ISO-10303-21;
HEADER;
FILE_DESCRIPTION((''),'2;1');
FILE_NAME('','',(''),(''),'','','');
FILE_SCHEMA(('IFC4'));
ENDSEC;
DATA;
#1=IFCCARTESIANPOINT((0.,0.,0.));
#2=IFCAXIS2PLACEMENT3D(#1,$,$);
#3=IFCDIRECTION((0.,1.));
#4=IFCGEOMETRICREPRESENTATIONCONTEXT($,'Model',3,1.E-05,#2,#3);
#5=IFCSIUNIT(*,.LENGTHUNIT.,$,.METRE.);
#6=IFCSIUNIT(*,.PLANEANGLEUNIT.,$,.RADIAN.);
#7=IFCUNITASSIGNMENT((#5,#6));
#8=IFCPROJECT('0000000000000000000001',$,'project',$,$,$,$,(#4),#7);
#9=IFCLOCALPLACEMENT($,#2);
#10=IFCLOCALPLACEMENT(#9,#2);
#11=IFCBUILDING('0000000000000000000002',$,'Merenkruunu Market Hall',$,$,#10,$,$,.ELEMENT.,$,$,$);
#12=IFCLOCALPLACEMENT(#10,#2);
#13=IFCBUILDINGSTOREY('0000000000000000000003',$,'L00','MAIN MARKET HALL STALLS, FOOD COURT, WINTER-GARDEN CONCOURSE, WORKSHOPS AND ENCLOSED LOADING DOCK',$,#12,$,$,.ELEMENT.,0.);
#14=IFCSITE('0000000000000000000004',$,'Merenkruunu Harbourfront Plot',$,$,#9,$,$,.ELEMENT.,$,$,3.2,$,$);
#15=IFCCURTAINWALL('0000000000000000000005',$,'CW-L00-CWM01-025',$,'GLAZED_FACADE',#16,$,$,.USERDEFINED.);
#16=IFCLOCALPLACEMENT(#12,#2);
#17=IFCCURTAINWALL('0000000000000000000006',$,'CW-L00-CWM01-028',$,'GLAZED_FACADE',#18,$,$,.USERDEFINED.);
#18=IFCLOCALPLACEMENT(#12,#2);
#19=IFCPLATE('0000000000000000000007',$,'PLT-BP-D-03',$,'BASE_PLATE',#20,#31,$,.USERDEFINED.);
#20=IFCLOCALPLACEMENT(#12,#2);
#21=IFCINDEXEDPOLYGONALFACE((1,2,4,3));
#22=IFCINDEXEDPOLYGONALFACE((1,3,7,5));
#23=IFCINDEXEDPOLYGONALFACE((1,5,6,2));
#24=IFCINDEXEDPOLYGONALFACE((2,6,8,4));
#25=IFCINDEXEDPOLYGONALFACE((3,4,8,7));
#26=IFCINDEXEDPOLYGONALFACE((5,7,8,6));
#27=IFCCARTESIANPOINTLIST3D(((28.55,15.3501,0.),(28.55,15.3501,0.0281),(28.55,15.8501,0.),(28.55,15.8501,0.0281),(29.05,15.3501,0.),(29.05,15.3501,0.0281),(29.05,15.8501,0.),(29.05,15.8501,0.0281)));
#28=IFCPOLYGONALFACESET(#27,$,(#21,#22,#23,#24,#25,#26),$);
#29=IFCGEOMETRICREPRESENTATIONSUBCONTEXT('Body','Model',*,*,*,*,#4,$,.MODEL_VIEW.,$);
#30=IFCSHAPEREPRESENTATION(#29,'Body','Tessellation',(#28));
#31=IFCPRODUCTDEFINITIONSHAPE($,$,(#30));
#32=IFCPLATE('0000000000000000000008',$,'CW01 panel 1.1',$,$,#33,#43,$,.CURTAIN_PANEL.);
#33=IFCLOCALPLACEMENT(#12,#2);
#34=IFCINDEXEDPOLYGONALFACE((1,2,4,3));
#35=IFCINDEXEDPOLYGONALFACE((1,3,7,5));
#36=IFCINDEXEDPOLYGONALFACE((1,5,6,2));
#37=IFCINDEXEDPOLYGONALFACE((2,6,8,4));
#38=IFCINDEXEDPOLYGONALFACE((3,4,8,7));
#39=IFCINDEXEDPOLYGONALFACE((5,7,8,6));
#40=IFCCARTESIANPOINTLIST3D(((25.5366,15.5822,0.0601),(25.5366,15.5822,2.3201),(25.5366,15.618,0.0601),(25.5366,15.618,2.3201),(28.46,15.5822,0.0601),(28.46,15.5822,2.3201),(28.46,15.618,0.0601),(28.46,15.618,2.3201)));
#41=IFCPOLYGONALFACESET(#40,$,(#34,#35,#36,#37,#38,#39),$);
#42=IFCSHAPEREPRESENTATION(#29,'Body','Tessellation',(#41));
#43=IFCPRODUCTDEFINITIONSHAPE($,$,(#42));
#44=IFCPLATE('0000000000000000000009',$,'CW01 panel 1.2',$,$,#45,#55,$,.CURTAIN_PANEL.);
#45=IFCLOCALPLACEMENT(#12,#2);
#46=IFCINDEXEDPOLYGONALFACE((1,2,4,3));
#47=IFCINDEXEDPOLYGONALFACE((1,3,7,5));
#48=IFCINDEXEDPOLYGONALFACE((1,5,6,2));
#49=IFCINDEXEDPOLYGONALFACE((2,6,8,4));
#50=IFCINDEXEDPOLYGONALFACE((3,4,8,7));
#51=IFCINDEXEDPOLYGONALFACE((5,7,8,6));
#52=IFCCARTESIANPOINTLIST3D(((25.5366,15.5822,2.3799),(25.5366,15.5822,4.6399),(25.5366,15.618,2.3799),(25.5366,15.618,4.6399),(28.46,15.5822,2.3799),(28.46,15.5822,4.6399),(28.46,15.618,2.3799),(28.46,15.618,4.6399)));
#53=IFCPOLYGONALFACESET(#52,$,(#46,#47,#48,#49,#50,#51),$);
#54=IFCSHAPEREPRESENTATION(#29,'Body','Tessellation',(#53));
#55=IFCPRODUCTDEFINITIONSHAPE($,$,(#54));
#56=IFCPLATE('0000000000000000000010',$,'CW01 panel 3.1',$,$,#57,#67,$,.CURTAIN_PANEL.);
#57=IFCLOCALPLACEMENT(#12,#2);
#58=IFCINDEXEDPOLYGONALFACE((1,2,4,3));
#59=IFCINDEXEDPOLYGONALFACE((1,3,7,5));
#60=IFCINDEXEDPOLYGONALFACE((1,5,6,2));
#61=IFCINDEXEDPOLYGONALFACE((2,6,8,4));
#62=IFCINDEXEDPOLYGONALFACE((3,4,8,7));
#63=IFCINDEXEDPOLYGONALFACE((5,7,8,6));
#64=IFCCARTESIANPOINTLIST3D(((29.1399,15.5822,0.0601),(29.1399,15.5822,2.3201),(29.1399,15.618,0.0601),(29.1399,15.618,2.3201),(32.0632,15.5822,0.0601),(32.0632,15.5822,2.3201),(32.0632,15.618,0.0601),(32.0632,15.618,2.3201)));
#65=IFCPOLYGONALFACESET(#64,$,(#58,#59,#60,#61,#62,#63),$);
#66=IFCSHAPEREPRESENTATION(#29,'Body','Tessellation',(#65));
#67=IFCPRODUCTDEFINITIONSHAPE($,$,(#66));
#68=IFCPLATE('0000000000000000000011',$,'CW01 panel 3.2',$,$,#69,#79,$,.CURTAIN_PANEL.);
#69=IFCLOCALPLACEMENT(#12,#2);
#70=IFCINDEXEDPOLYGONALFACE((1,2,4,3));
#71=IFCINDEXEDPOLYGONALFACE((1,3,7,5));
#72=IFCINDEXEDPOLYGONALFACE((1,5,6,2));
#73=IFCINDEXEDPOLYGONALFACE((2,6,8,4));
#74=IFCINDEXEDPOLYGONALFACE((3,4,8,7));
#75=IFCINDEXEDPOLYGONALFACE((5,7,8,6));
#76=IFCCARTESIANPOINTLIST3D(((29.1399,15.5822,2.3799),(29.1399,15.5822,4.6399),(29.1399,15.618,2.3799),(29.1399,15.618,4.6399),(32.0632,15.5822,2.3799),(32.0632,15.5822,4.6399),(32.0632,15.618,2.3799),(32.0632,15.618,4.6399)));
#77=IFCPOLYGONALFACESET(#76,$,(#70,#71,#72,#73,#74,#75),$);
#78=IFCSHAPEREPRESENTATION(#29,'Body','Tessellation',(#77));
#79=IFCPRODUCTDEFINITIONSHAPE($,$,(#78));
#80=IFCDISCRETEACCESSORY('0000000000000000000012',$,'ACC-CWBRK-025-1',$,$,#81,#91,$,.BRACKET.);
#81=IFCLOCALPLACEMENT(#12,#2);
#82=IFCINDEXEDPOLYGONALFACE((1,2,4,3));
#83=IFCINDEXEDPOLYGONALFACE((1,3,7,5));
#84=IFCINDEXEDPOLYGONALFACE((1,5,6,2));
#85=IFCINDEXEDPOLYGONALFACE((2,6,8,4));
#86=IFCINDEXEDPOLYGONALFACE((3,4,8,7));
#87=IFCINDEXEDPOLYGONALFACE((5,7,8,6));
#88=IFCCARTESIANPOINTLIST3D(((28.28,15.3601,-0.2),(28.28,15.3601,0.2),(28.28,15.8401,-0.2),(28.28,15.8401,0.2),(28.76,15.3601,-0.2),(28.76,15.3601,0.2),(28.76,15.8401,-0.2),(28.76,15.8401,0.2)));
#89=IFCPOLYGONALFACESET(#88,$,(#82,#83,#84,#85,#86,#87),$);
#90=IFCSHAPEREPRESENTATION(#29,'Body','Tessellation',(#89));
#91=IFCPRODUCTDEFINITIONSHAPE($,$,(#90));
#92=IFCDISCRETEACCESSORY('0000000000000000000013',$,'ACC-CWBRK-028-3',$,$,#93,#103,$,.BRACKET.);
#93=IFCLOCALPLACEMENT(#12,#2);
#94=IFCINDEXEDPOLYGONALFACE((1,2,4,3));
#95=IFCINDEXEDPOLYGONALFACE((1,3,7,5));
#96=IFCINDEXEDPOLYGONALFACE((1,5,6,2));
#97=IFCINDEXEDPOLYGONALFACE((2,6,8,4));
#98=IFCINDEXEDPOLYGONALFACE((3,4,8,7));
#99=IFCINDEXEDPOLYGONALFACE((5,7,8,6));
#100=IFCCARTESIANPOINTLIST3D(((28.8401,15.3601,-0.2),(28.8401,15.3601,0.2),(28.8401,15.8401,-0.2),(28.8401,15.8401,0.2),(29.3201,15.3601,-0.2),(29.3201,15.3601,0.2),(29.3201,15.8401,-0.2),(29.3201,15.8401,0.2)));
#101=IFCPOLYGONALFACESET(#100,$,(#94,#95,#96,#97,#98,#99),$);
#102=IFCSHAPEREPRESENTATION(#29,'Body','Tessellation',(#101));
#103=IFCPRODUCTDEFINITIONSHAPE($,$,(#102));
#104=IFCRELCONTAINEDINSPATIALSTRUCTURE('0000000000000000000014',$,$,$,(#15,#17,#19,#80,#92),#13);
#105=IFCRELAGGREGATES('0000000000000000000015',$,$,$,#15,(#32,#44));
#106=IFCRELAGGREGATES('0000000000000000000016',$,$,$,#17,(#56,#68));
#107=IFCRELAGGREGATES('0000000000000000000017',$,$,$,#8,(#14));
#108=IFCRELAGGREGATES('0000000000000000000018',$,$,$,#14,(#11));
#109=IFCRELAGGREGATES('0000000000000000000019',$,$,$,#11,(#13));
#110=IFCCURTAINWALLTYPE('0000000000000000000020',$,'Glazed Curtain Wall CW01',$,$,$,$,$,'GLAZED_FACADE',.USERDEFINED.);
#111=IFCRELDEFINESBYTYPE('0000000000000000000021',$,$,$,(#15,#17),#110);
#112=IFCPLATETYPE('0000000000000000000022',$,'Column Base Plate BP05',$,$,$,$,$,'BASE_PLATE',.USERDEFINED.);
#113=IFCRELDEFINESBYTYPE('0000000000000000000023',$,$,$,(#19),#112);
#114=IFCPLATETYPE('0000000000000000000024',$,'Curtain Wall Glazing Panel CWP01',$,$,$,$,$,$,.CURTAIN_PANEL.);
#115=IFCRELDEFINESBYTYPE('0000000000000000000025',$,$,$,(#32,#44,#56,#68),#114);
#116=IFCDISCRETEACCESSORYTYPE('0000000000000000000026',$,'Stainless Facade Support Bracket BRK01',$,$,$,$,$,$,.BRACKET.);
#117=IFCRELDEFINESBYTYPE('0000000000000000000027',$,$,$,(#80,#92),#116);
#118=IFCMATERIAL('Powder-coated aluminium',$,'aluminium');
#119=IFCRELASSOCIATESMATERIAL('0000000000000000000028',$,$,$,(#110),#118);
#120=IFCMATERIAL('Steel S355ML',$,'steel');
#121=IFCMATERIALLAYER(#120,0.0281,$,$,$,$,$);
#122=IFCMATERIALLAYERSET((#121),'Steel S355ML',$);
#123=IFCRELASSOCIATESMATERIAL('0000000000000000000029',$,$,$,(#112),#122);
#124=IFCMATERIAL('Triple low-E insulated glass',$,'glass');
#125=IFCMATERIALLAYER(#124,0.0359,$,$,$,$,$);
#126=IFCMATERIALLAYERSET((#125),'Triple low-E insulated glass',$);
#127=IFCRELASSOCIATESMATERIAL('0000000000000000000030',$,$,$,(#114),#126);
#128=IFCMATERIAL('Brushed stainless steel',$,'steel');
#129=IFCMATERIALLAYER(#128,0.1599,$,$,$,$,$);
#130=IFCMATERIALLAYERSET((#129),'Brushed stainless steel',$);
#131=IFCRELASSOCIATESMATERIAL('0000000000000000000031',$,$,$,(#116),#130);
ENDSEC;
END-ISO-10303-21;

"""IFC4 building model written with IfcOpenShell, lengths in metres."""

from ifc_helpers import new_model, si_unit, direction, frame, origin, origin_2d, place, context, subcontext, project, spatial, rectangle, extrude, material, layer, layer_set, type_object, element, aggregate, save


model = new_model("IFC4")

# Units and contexts
model_context = context("Model", 3, precision=1e-05, world=origin(), true_north=direction((0.0, 1.0)))
body_context = subcontext(model_context, "Body", "Model", "MODEL_VIEW")
ifc_project = project(units=[si_unit("LENGTHUNIT", "METRE"), si_unit("PLANEANGLEUNIT", "RADIAN")], contexts=[model_context])

# Site, building, storey
site_placement = place(None, origin())
site = spatial("IfcSite", under=ifc_project, at=site_placement, Name="Merenkruunu Harbourfront Plot", CompositionType="ELEMENT", RefElevation=3.2)
building_placement = place(site_placement, origin())
building = spatial("IfcBuilding", under=site, at=building_placement, Name="Merenkruunu Market Hall", CompositionType="ELEMENT")
storey_placement = place(building_placement, origin())
storey = spatial("IfcBuildingStorey", under=building, at=storey_placement, Name="L00", Description="MAIN MARKET HALL STALLS, FOOD COURT, WINTER-GARDEN CONCOURSE, WORKSHOPS AND ENCLOSED LOADING DOCK", CompositionType="ELEMENT", Elevation=0.0)

# Curtain wall
ifc_material_1 = material(Name="Powder-coated aluminium", Category="aluminium")
curtain_wall_type = type_object("IfcCurtainWallType", Name="Glazed Curtain Wall CW01", ElementType="GLAZED_FACADE", PredefinedType="USERDEFINED", material=ifc_material_1)
curtain_wall_1_placement = place(storey_placement, origin())
curtain_wall_1 = element("IfcCurtainWall", 1, at=curtain_wall_1_placement, inside=storey, type_object=curtain_wall_type, Name="CW-L00-CWM01-025", ObjectType="GLAZED_FACADE", PredefinedType="USERDEFINED")

# Curtain wall
curtain_wall_2_placement = place(storey_placement, origin())
curtain_wall_2 = element("IfcCurtainWall", 2, at=curtain_wall_2_placement, inside=storey, type_object=curtain_wall_type, Name="CW-L00-CWM01-028", ObjectType="GLAZED_FACADE", PredefinedType="USERDEFINED")

# Plates
ifc_material_2 = material(Name="Steel S355ML", Category="steel")
ifc_layer_1 = layer(ifc_material_2, 0.0281)
ifc_layer_set_1 = layer_set([ifc_layer_1], Name="Steel S355ML")
plate_type_1 = type_object("IfcPlateType", Name="Column Base Plate BP05", ElementType="BASE_PLATE", PredefinedType="USERDEFINED", material=ifc_layer_set_1)
plate_1_placement = place(storey_placement, frame((28.8, 15.6001, 0.0), z_axis=(0.0, 0.0, 1.0), x_axis=(1.0, 0.0, 0.0)))
element("IfcPlate", 3, at=plate_1_placement, inside=storey, type_object=plate_type_1, Name="PLT-BP-D-03", ObjectType="BASE_PLATE", PredefinedType="USERDEFINED", context=body_context, shape_type="SweptSolid", body=[
    extrude(rectangle(XDim=0.5, YDim=0.5, at=origin_2d()), origin(), (0.0, 0.0, 1.0), 0.0281),
])
ifc_material_3 = material(Name="Triple low-E insulated glass", Category="glass")
ifc_layer_2 = layer(ifc_material_3, 0.0359)
ifc_layer_set_2 = layer_set([ifc_layer_2], Name="Triple low-E insulated glass")
plate_type_2 = type_object("IfcPlateType", Name="Curtain Wall Glazing Panel CWP01", PredefinedType="CURTAIN_PANEL", material=ifc_layer_set_2)
plate_2_placement = place(storey_placement, frame((26.9983, 15.6001, 0.0601), z_axis=(0.0, 0.0, 1.0), x_axis=(-1.0, 0.0, 0.0)))
plate_2 = element("IfcPlate", 4, at=plate_2_placement, type_object=plate_type_2, Name="CW01 panel 1.1", PredefinedType="CURTAIN_PANEL", context=body_context, shape_type="SweptSolid", body=[
    extrude(rectangle(XDim=2.9233, YDim=0.0359, at=origin_2d()), origin(), (0.0, 0.0, 1.0), 2.26),
])
plate_3_placement = place(storey_placement, frame((26.9983, 15.6001, 2.3799), z_axis=(0.0, 0.0, 1.0), x_axis=(-1.0, 0.0, 0.0)))
plate_3 = element("IfcPlate", 5, at=plate_3_placement, type_object=plate_type_2, Name="CW01 panel 1.2", PredefinedType="CURTAIN_PANEL", context=body_context, shape_type="SweptSolid", body=[
    extrude(rectangle(XDim=2.9233, YDim=0.0359, at=origin_2d()), origin(), (0.0, 0.0, 1.0), 2.26),
])
aggregate(curtain_wall_1, [plate_2, plate_3])
plate_4_placement = place(storey_placement, frame((30.6016, 15.6001, 0.0601), z_axis=(0.0, 0.0, 1.0), x_axis=(-1.0, 0.0, 0.0)))
plate_4 = element("IfcPlate", 6, at=plate_4_placement, type_object=plate_type_2, Name="CW01 panel 3.1", PredefinedType="CURTAIN_PANEL", context=body_context, shape_type="SweptSolid", body=[
    extrude(rectangle(XDim=2.9233, YDim=0.0359, at=origin_2d()), origin(), (0.0, 0.0, 1.0), 2.26),
])
plate_5_placement = place(storey_placement, frame((30.6016, 15.6001, 2.3799), z_axis=(0.0, 0.0, 1.0), x_axis=(-1.0, 0.0, 0.0)))
plate_5 = element("IfcPlate", 7, at=plate_5_placement, type_object=plate_type_2, Name="CW01 panel 3.2", PredefinedType="CURTAIN_PANEL", context=body_context, shape_type="SweptSolid", body=[
    extrude(rectangle(XDim=2.9233, YDim=0.0359, at=origin_2d()), origin(), (0.0, 0.0, 1.0), 2.26),
])
aggregate(curtain_wall_2, [plate_4, plate_5])

# Discrete accessories
ifc_material_4 = material(Name="Brushed stainless steel", Category="steel")
ifc_layer_3 = layer(ifc_material_4, 0.1599)
ifc_layer_set_3 = layer_set([ifc_layer_3], Name="Brushed stainless steel")
discrete_accessory_type = type_object("IfcDiscreteAccessoryType", Name="Stainless Facade Support Bracket BRK01", PredefinedType="BRACKET", material=ifc_layer_set_3)
for number, where, z_axis, x_axis, name in (
    (8, (28.52, 15.6001, -0.2), (0.0, 0.0, 1.0), (1.0, 0.0, 0.0), "ACC-CWBRK-025-1"),
    (9, (29.0801, 15.6001, -0.2), (0.0, 0.0, 1.0), (1.0, 0.0, 0.0), "ACC-CWBRK-028-3"),
):
    element("IfcDiscreteAccessory", number, at=place(storey_placement, frame(where, z_axis=z_axis, x_axis=x_axis)), inside=storey, type_object=discrete_accessory_type, Name=name, PredefinedType="BRACKET", context=body_context, shape_type="SweptSolid", body=[
        extrude(rectangle(XDim=0.48, YDim=0.48, at=origin_2d()), origin(), (0.0, 0.0, 1.0), 0.3999),
    ])

save(model, "model.ifc")
